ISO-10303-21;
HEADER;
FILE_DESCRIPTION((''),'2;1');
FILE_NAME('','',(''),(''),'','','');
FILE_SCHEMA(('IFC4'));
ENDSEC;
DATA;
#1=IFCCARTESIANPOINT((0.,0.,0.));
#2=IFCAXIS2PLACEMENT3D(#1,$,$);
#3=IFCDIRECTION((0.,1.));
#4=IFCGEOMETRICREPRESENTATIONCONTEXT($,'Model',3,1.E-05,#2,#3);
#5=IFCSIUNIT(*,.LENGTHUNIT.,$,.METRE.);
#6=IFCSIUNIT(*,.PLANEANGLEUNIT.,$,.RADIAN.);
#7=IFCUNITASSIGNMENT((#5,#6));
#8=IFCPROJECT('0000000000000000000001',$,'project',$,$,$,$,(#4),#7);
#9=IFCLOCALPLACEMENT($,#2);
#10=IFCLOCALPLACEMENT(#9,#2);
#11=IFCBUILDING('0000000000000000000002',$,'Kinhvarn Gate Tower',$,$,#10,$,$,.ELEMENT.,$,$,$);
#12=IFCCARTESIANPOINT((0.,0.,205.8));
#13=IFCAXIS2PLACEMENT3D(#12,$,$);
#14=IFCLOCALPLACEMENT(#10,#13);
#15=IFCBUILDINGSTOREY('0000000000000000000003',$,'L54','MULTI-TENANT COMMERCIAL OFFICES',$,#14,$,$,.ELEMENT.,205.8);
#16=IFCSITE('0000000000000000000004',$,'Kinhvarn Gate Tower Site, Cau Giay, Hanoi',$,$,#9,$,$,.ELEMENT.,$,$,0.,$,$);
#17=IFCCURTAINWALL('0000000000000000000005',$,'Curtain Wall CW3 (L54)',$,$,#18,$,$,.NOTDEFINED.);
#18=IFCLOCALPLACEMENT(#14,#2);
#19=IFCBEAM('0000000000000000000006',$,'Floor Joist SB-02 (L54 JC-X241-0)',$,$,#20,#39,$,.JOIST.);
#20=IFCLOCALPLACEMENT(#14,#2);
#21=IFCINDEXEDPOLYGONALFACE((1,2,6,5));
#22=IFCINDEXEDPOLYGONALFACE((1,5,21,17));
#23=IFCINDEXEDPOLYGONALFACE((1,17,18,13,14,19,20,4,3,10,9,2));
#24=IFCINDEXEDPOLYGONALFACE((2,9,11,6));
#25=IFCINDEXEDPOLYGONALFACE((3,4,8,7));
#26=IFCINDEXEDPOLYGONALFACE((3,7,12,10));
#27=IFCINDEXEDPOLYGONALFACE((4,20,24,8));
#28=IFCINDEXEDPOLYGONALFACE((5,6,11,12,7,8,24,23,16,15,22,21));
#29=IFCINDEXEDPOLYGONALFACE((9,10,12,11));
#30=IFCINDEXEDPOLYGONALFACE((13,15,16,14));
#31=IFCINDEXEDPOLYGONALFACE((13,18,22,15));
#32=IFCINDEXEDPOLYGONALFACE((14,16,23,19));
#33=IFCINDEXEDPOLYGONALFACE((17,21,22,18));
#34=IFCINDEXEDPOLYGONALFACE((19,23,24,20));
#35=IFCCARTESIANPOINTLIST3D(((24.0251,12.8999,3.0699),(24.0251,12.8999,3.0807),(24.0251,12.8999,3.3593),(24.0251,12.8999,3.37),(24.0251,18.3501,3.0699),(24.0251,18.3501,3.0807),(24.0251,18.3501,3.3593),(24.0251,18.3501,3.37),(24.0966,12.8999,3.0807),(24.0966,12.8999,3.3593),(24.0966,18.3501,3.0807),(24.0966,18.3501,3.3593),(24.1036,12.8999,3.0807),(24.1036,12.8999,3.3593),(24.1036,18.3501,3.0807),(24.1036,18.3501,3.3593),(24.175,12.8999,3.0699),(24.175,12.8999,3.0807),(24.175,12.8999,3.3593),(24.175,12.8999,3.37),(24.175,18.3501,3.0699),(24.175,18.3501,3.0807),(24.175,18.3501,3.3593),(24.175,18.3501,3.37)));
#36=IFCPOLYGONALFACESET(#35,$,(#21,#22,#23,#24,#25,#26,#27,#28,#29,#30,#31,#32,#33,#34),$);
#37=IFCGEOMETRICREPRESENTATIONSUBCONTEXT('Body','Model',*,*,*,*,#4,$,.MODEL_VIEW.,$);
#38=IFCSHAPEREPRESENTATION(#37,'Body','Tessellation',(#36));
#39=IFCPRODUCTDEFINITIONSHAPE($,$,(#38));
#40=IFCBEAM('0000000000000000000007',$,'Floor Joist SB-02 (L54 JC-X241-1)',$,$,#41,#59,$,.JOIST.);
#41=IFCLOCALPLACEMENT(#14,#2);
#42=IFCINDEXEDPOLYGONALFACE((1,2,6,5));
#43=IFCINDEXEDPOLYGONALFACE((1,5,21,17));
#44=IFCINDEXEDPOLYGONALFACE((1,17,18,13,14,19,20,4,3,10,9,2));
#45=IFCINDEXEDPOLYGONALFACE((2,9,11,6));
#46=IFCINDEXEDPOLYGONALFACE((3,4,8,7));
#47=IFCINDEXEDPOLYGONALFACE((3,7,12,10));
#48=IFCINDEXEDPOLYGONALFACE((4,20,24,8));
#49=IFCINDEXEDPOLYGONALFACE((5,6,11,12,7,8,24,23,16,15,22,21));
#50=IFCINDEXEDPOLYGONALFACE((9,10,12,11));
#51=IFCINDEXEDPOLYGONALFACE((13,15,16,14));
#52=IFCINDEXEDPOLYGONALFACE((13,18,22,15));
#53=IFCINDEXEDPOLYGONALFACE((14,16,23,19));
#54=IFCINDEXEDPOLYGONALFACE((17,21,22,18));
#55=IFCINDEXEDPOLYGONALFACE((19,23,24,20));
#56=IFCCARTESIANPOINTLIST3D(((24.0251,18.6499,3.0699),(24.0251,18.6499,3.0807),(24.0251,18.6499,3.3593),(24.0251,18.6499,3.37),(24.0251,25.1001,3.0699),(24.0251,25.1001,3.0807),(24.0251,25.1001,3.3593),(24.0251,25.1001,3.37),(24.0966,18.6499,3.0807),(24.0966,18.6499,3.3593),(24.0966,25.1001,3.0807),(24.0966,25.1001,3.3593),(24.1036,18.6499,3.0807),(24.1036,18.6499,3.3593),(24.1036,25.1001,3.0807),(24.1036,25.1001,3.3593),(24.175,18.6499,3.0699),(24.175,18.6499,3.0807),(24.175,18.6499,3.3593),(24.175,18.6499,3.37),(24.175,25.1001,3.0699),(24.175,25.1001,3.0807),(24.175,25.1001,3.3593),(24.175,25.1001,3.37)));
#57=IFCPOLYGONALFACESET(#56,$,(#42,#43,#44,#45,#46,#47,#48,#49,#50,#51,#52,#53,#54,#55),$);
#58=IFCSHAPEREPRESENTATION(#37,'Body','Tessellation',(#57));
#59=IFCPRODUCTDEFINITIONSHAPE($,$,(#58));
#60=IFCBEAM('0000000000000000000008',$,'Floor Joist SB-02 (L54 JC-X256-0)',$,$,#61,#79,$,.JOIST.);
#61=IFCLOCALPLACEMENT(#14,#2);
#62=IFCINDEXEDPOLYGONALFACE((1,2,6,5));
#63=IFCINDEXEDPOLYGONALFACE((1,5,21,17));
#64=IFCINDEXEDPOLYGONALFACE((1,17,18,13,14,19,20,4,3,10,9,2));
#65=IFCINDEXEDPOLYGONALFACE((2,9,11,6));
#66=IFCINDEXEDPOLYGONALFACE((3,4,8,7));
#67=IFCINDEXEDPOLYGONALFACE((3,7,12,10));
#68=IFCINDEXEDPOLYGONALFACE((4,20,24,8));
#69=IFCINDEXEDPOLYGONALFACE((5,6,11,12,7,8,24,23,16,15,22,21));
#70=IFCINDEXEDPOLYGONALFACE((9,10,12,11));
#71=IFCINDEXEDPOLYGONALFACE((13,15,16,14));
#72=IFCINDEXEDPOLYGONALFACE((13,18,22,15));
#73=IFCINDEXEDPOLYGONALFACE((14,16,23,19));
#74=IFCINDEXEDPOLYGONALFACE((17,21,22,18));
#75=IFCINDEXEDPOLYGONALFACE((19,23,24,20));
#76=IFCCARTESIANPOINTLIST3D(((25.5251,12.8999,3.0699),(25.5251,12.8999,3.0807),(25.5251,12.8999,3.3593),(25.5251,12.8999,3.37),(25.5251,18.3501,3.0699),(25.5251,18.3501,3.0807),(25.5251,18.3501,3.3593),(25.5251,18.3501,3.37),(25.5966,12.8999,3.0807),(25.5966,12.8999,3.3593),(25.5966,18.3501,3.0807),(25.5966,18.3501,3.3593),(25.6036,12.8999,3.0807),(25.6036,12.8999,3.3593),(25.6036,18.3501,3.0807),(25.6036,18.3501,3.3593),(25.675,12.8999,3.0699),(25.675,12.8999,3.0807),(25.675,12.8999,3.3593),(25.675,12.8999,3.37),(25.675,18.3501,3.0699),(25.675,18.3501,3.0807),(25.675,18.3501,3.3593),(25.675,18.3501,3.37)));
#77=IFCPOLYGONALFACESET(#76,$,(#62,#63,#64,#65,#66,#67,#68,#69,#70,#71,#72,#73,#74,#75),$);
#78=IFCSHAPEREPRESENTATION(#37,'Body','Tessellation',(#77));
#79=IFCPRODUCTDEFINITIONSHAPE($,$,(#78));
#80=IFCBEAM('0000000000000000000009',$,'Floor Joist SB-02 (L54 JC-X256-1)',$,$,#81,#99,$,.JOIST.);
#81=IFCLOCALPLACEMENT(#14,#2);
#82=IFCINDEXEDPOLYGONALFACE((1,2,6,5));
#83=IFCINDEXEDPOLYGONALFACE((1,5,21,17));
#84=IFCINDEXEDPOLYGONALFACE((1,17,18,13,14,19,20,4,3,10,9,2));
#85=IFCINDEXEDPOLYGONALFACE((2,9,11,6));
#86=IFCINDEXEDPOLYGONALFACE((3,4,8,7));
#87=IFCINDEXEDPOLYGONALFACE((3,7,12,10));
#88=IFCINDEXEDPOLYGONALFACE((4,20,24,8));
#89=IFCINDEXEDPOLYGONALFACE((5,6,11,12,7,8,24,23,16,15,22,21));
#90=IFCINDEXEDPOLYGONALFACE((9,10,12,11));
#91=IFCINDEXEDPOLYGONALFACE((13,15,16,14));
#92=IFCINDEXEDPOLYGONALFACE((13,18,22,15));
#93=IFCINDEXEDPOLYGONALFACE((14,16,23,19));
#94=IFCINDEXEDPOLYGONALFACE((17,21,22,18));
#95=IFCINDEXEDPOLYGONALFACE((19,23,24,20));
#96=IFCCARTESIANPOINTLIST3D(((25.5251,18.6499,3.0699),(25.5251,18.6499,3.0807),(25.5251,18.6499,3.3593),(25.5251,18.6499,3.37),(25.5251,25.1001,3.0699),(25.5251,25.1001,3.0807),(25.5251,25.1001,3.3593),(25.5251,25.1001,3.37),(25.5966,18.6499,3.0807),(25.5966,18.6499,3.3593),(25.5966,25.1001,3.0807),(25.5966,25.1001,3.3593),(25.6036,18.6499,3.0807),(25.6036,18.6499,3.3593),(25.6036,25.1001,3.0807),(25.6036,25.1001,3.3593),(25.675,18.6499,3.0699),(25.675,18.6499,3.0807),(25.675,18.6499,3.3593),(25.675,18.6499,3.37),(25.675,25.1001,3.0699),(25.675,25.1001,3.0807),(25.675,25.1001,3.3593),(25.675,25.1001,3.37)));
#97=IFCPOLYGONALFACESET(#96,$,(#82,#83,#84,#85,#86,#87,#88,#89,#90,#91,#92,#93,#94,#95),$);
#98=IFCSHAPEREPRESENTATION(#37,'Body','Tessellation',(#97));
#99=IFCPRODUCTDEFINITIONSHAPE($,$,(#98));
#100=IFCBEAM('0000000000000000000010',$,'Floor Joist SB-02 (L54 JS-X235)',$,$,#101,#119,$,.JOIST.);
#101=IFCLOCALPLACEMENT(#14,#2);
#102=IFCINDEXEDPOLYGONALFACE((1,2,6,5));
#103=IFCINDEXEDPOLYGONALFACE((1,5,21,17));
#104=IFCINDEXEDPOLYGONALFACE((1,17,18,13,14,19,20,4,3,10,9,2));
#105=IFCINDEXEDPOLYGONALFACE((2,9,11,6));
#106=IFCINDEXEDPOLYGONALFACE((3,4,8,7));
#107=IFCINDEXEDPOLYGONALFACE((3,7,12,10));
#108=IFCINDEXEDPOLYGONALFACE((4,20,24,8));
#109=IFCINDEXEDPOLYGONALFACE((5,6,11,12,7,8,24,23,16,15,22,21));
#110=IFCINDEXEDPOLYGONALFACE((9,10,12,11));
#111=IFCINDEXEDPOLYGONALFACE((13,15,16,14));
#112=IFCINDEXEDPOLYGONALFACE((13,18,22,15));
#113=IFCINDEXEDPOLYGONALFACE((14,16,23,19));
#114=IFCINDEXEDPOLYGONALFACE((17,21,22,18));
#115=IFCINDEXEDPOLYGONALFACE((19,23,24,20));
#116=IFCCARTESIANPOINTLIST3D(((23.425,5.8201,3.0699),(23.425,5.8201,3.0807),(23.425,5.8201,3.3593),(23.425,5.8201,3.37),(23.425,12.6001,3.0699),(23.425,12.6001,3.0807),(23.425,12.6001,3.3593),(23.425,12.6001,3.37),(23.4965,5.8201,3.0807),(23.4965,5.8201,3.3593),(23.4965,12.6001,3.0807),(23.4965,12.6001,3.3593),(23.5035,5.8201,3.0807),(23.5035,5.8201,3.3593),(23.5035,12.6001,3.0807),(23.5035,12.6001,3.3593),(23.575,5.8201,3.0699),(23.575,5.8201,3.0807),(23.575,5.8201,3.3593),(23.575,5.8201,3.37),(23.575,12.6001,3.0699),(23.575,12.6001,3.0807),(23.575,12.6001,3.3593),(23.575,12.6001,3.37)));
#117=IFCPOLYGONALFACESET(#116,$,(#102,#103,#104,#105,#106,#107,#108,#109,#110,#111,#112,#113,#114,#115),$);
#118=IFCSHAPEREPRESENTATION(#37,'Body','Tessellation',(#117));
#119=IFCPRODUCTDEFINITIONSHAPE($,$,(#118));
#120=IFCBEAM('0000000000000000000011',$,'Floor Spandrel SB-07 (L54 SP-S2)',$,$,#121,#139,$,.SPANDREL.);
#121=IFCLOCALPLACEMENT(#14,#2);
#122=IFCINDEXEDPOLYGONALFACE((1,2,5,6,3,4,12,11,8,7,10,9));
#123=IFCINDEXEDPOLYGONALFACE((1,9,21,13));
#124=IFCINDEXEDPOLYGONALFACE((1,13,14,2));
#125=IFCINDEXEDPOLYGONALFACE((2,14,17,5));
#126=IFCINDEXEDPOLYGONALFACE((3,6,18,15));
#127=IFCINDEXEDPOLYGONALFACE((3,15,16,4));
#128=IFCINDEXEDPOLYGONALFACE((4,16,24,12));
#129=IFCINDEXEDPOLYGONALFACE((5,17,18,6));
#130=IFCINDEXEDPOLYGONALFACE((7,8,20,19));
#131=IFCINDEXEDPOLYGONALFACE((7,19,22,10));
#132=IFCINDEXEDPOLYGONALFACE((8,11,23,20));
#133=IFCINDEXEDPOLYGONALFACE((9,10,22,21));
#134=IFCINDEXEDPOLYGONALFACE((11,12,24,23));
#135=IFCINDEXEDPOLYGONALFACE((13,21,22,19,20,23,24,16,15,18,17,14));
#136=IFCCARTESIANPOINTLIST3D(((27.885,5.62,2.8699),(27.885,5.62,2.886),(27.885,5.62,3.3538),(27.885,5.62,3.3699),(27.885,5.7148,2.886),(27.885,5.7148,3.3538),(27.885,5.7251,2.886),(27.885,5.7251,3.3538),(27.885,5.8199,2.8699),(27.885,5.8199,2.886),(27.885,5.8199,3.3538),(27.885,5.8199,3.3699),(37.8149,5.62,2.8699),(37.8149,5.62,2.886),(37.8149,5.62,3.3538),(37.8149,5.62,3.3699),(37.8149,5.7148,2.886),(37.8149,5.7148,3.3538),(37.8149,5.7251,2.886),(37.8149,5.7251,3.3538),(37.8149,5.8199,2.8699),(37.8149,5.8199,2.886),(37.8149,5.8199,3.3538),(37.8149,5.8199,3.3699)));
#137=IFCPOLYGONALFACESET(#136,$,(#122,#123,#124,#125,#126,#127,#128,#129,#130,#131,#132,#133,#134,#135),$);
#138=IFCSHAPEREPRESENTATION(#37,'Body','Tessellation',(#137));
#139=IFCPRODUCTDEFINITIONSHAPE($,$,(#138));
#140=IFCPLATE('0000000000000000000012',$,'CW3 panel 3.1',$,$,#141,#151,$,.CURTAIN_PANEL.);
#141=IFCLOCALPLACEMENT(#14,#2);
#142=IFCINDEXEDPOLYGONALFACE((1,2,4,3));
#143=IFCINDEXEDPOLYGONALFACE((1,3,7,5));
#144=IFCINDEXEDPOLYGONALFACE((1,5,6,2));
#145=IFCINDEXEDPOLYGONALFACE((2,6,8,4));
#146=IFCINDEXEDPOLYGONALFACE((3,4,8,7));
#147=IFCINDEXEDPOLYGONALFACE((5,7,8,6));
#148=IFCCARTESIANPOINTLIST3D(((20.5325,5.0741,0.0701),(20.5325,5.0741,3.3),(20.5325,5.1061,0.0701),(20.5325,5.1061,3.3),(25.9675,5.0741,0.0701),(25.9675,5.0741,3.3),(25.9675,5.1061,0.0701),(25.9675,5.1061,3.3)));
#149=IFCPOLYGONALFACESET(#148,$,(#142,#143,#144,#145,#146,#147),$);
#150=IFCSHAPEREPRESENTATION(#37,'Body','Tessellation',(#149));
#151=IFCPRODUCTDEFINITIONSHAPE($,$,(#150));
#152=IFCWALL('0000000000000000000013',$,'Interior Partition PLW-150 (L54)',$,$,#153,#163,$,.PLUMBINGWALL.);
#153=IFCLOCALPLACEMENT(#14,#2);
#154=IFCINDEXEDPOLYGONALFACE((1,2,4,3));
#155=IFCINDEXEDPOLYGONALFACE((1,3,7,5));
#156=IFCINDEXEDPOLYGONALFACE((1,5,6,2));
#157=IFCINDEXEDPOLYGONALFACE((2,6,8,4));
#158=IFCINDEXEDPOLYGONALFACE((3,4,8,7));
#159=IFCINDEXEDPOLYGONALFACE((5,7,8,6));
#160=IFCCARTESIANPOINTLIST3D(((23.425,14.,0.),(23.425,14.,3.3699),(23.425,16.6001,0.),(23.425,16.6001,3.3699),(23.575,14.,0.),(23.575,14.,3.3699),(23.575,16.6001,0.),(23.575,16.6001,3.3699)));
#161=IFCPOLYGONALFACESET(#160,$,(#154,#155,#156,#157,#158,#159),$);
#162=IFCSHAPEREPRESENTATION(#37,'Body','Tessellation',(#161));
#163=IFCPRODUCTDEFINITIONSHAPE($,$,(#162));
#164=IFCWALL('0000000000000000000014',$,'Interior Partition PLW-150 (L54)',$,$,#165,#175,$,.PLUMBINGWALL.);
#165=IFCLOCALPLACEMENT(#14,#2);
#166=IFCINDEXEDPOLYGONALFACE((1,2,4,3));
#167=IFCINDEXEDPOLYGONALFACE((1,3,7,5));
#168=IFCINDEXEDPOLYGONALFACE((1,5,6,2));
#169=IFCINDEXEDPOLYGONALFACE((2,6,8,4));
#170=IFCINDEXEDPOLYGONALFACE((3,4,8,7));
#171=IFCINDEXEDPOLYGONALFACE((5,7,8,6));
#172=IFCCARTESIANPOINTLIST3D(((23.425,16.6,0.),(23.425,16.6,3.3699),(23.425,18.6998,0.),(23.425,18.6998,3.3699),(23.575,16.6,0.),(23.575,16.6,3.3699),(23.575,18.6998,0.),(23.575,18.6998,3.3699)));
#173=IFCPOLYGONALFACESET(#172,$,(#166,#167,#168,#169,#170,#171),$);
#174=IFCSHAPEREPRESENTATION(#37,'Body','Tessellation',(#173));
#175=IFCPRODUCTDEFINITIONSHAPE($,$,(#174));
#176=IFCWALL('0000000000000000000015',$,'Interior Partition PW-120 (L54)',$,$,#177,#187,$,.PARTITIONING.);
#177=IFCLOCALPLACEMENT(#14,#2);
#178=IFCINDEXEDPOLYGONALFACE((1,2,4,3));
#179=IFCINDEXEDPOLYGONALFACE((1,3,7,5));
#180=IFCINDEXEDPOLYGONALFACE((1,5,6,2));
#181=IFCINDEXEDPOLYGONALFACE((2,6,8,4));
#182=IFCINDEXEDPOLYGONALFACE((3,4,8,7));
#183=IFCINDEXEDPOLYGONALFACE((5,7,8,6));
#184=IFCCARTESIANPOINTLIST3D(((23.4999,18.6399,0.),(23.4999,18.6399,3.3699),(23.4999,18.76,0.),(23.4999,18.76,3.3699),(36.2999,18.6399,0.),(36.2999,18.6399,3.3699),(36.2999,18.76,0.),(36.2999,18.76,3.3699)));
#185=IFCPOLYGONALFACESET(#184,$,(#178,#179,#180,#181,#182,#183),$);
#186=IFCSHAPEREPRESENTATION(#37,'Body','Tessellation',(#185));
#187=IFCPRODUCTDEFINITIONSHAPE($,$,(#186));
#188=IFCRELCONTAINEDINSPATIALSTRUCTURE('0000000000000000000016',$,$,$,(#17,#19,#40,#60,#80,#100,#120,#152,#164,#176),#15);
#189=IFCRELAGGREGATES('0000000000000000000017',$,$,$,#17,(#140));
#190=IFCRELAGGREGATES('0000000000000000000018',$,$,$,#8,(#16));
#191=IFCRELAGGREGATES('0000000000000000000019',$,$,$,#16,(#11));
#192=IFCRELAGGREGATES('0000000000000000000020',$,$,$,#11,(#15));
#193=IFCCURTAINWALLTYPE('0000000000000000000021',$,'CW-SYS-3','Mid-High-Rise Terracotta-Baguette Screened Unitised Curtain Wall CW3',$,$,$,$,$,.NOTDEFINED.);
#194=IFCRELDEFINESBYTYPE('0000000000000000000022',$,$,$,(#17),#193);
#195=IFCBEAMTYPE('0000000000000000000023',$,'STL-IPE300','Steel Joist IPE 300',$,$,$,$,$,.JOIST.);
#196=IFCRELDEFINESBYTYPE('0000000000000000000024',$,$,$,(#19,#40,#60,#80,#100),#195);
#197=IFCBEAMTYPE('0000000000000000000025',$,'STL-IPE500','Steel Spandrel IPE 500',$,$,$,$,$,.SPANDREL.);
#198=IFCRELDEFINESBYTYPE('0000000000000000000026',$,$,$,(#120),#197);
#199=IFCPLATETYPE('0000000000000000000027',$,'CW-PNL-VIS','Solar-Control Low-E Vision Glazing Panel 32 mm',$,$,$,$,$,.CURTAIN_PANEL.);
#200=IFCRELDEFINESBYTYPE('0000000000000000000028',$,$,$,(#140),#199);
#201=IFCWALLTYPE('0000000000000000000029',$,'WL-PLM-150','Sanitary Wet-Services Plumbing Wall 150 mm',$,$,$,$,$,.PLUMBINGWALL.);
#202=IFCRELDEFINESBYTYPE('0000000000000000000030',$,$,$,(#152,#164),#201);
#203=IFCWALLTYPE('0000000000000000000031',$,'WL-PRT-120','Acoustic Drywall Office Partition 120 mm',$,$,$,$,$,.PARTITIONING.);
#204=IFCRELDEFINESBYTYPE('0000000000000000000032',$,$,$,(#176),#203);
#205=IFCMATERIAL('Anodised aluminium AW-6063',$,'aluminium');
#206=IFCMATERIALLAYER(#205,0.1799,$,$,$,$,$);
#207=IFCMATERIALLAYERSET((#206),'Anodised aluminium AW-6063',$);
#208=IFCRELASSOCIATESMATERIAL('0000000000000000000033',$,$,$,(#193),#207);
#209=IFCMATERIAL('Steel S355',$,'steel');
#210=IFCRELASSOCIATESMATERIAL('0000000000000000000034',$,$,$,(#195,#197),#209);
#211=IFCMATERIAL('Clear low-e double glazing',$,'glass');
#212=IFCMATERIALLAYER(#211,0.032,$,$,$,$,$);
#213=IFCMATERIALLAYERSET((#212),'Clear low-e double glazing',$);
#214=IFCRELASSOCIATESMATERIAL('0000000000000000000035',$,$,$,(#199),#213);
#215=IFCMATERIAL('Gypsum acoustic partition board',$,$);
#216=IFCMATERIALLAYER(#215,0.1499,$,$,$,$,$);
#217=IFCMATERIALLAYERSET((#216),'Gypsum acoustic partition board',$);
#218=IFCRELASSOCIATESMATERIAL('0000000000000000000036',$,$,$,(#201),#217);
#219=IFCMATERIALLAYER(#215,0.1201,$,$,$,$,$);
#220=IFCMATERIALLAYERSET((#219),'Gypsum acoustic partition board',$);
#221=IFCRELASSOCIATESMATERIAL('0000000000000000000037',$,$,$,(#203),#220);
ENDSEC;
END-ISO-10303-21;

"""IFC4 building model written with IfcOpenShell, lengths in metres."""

from ifc_helpers import new_model, si_unit, direction, frame, frame_2d, origin, origin_2d, place, context, subcontext, project, spatial, rectangle, i_section, extrude, material, layer, layer_set, material_profile, profile_set, type_object, element, aggregate, save


model = new_model("IFC4")

# Units and contexts
model_context = context("Model", 3, precision=1e-05, world=origin(), true_north=direction((0.0, 1.0)))
body_context = subcontext(model_context, "Body", "Model", "MODEL_VIEW")
ifc_project = project(units=[si_unit("LENGTHUNIT", "METRE"), si_unit("PLANEANGLEUNIT", "RADIAN")], contexts=[model_context])

# Site, building, storey
site_placement = place(None, origin())
site = spatial("IfcSite", under=ifc_project, at=site_placement, Name="Kinhvarn Gate Tower Site, Cau Giay, Hanoi", CompositionType="ELEMENT", RefElevation=0.0)
building_placement = place(site_placement, origin())
building = spatial("IfcBuilding", under=site, at=building_placement, Name="Kinhvarn Gate Tower", CompositionType="ELEMENT")
storey_placement = place(building_placement, frame((0.0, 0.0, 205.8)))
storey = spatial("IfcBuildingStorey", under=building, at=storey_placement, Name="L54", Description="MULTI-TENANT COMMERCIAL OFFICES", CompositionType="ELEMENT", Elevation=205.8)

# Curtain wall
ifc_material_1 = material(Name="Anodised aluminium AW-6063", Category="aluminium")
ifc_layer_1 = layer(ifc_material_1, 0.1799)
ifc_layer_set_1 = layer_set([ifc_layer_1], Name="Anodised aluminium AW-6063")
curtain_wall_type = type_object("IfcCurtainWallType", Name="CW-SYS-3", Description="Mid-High-Rise Terracotta-Baguette Screened Unitised Curtain Wall CW3", PredefinedType="NOTDEFINED", material=ifc_layer_set_1)
curtain_wall_placement = place(storey_placement, origin())
curtain_wall = element("IfcCurtainWall", 1, at=curtain_wall_placement, inside=storey, type_object=curtain_wall_type, Name="Curtain Wall CW3 (L54)", PredefinedType="NOTDEFINED")

# Beams
ifc_material_2 = material(Name="Steel S355", Category="steel")
ifc_material_profile_1 = material_profile(ifc_material_2, i_section(OverallWidth=0.1499, OverallDepth=0.3, WebThickness=0.0071, FlangeThickness=0.0107, at=origin_2d()), Name="IPE 300")
ifc_profile_set_1 = profile_set([ifc_material_profile_1], Name="Steel S355")
beam_type_1 = type_object("IfcBeamType", Name="STL-IPE300", Description="Steel Joist IPE 300", PredefinedType="JOIST", material=ifc_profile_set_1)
beam_1_placement = place(storey_placement, frame((24.1001, 12.8999, 3.22), z_axis=(0.0, 1.0, 0.0), x_axis=(-1.0, 0.0, 0.0)))
element("IfcBeam", 2, at=beam_1_placement, inside=storey, type_object=beam_type_1, Name="Floor Joist SB-02 (L54 JC-X241-0)", PredefinedType="JOIST", context=body_context, shape_type="SweptSolid", body=[
    extrude(i_section(OverallWidth=0.1499, OverallDepth=0.3, WebThickness=0.0071, FlangeThickness=0.0107, at=origin_2d()), origin(), (0.0, 0.0, 1.0), 5.4502),
])
beam_2_placement = place(storey_placement, frame((24.1001, 18.6499, 3.22), z_axis=(0.0, 1.0, 0.0), x_axis=(-1.0, 0.0, 0.0)))
element("IfcBeam", 3, at=beam_2_placement, inside=storey, type_object=beam_type_1, Name="Floor Joist SB-02 (L54 JC-X241-1)", PredefinedType="JOIST", context=body_context, shape_type="SweptSolid", body=[
    extrude(i_section(OverallWidth=0.1499, OverallDepth=0.3, WebThickness=0.0071, FlangeThickness=0.0107, at=origin_2d()), origin(), (0.0, 0.0, 1.0), 6.4502),
])
beam_3_placement = place(storey_placement, frame((25.6001, 12.8999, 3.22), z_axis=(0.0, 1.0, 0.0), x_axis=(-1.0, 0.0, 0.0)))
element("IfcBeam", 4, at=beam_3_placement, inside=storey, type_object=beam_type_1, Name="Floor Joist SB-02 (L54 JC-X256-0)", PredefinedType="JOIST", context=body_context, shape_type="SweptSolid", body=[
    extrude(i_section(OverallWidth=0.1499, OverallDepth=0.3, WebThickness=0.0071, FlangeThickness=0.0107, at=origin_2d()), origin(), (0.0, 0.0, 1.0), 5.4502),
])
beam_4_placement = place(storey_placement, frame((25.6001, 18.6499, 3.22), z_axis=(0.0, 1.0, 0.0), x_axis=(-1.0, 0.0, 0.0)))
element("IfcBeam", 5, at=beam_4_placement, inside=storey, type_object=beam_type_1, Name="Floor Joist SB-02 (L54 JC-X256-1)", PredefinedType="JOIST", context=body_context, shape_type="SweptSolid", body=[
    extrude(i_section(OverallWidth=0.1499, OverallDepth=0.3, WebThickness=0.0071, FlangeThickness=0.0107, at=origin_2d()), origin(), (0.0, 0.0, 1.0), 6.4502),
])
beam_5_placement = place(storey_placement, frame((23.5, 5.8201, 3.22), z_axis=(0.0, 1.0, 0.0), x_axis=(-1.0, 0.0, 0.0)))
element("IfcBeam", 6, at=beam_5_placement, inside=storey, type_object=beam_type_1, Name="Floor Joist SB-02 (L54 JS-X235)", PredefinedType="JOIST", context=body_context, shape_type="SweptSolid", body=[
    extrude(i_section(OverallWidth=0.1499, OverallDepth=0.3, WebThickness=0.0071, FlangeThickness=0.0107, at=origin_2d()), origin(), (0.0, 0.0, 1.0), 6.78),
])
ifc_material_profile_2 = material_profile(ifc_material_2, i_section(OverallWidth=0.2, OverallDepth=0.5, WebThickness=0.0103, FlangeThickness=0.0161, at=origin_2d()), Name="IPE 500")
ifc_profile_set_2 = profile_set([ifc_material_profile_2], Name="Steel S355")
beam_type_2 = type_object("IfcBeamType", Name="STL-IPE500", Description="Steel Spandrel IPE 500", PredefinedType="SPANDREL", material=ifc_profile_set_2)
beam_6_placement = place(storey_placement, frame((27.885, 5.72, 3.1199), z_axis=(1.0, 0.0, 0.0), x_axis=(0.0, 1.0, 0.0)))
element("IfcBeam", 7, at=beam_6_placement, inside=storey, type_object=beam_type_2, Name="Floor Spandrel SB-07 (L54 SP-S2)", PredefinedType="SPANDREL", context=body_context, shape_type="SweptSolid", body=[
    extrude(i_section(OverallWidth=0.2, OverallDepth=0.5, WebThickness=0.0103, FlangeThickness=0.0161, at=origin_2d()), origin(), (0.0, 0.0, 1.0), 9.9299),
])

# Plate
ifc_material_3 = material(Name="Clear low-e double glazing", Category="glass")
ifc_layer_2 = layer(ifc_material_3, 0.032)
ifc_layer_set_2 = layer_set([ifc_layer_2], Name="Clear low-e double glazing")
plate_type = type_object("IfcPlateType", Name="CW-PNL-VIS", Description="Solar-Control Low-E Vision Glazing Panel 32 mm", PredefinedType="CURTAIN_PANEL", material=ifc_layer_set_2)
plate_placement = place(storey_placement, frame((23.25, 5.0901, 0.0701), z_axis=(0.0, 0.0, 1.0), x_axis=(1.0, 0.0, 0.0)))
plate = element("IfcPlate", 8, at=plate_placement, type_object=plate_type, Name="CW3 panel 3.1", PredefinedType="CURTAIN_PANEL", context=body_context, shape_type="SweptSolid", body=[
    extrude(rectangle(XDim=5.4351, YDim=0.032, at=origin_2d()), origin(), (0.0, 0.0, 1.0), 3.23),
])
aggregate(curtain_wall, [plate])

# Walls
ifc_material_4 = material(Name="Gypsum acoustic partition board")
ifc_layer_3 = layer(ifc_material_4, 0.1499)
ifc_layer_set_3 = layer_set([ifc_layer_3], Name="Gypsum acoustic partition board")
wall_type_1 = type_object("IfcWallType", Name="WL-PLM-150", Description="Sanitary Wet-Services Plumbing Wall 150 mm", PredefinedType="PLUMBINGWALL", material=ifc_layer_set_3)
wall_1_placement = place(storey_placement, frame((23.5, 14.0, 0.0), z_axis=(0.0, 0.0, 1.0), x_axis=(0.0, 1.0, 0.0)))
element("IfcWall", 9, at=wall_1_placement, inside=storey, type_object=wall_type_1, Name="Interior Partition PLW-150 (L54)", PredefinedType="PLUMBINGWALL", context=body_context, shape_type="SweptSolid", body=[
    extrude(rectangle(XDim=2.6001, YDim=0.1499, at=frame_2d((1.3, 0.0))), origin(), (0.0, 0.0, 1.0), 3.3699),
])
wall_2_placement = place(storey_placement, frame((23.5, 16.6001, 0.0), z_axis=(0.0, 0.0, 1.0), x_axis=(0.0, 1.0, 0.0)))
element("IfcWall", 10, at=wall_2_placement, inside=storey, type_object=wall_type_1, Name="Interior Partition PLW-150 (L54)", PredefinedType="PLUMBINGWALL", context=body_context, shape_type="SweptSolid", body=[
    extrude(rectangle(XDim=2.0999, YDim=0.1499, at=frame_2d((1.0498, 0.0))), origin(), (0.0, 0.0, 1.0), 3.3699),
])
ifc_layer_4 = layer(ifc_material_4, 0.1201)
ifc_layer_set_4 = layer_set([ifc_layer_4], Name="Gypsum acoustic partition board")
wall_type_2 = type_object("IfcWallType", Name="WL-PRT-120", Description="Acoustic Drywall Office Partition 120 mm", PredefinedType="PARTITIONING", material=ifc_layer_set_4)
for number, where, z_axis, x_axis, name in (
    (11, (23.5, 18.7, 0.0), (0.0, 0.0, 1.0), (1.0, 0.0, 0.0), "Interior Partition PW-120 (L54)"),
):
    element("IfcWall", number, at=place(storey_placement, frame(where, z_axis=z_axis, x_axis=x_axis)), inside=storey, type_object=wall_type_2, Name=name, PredefinedType="PARTITIONING", context=body_context, shape_type="SweptSolid", body=[
        extrude(rectangle(XDim=12.8, YDim=0.1201, at=frame_2d((6.3999, 0.0))), origin(), (0.0, 0.0, 1.0), 3.3699),
    ])

save(model, "model.ifc")
